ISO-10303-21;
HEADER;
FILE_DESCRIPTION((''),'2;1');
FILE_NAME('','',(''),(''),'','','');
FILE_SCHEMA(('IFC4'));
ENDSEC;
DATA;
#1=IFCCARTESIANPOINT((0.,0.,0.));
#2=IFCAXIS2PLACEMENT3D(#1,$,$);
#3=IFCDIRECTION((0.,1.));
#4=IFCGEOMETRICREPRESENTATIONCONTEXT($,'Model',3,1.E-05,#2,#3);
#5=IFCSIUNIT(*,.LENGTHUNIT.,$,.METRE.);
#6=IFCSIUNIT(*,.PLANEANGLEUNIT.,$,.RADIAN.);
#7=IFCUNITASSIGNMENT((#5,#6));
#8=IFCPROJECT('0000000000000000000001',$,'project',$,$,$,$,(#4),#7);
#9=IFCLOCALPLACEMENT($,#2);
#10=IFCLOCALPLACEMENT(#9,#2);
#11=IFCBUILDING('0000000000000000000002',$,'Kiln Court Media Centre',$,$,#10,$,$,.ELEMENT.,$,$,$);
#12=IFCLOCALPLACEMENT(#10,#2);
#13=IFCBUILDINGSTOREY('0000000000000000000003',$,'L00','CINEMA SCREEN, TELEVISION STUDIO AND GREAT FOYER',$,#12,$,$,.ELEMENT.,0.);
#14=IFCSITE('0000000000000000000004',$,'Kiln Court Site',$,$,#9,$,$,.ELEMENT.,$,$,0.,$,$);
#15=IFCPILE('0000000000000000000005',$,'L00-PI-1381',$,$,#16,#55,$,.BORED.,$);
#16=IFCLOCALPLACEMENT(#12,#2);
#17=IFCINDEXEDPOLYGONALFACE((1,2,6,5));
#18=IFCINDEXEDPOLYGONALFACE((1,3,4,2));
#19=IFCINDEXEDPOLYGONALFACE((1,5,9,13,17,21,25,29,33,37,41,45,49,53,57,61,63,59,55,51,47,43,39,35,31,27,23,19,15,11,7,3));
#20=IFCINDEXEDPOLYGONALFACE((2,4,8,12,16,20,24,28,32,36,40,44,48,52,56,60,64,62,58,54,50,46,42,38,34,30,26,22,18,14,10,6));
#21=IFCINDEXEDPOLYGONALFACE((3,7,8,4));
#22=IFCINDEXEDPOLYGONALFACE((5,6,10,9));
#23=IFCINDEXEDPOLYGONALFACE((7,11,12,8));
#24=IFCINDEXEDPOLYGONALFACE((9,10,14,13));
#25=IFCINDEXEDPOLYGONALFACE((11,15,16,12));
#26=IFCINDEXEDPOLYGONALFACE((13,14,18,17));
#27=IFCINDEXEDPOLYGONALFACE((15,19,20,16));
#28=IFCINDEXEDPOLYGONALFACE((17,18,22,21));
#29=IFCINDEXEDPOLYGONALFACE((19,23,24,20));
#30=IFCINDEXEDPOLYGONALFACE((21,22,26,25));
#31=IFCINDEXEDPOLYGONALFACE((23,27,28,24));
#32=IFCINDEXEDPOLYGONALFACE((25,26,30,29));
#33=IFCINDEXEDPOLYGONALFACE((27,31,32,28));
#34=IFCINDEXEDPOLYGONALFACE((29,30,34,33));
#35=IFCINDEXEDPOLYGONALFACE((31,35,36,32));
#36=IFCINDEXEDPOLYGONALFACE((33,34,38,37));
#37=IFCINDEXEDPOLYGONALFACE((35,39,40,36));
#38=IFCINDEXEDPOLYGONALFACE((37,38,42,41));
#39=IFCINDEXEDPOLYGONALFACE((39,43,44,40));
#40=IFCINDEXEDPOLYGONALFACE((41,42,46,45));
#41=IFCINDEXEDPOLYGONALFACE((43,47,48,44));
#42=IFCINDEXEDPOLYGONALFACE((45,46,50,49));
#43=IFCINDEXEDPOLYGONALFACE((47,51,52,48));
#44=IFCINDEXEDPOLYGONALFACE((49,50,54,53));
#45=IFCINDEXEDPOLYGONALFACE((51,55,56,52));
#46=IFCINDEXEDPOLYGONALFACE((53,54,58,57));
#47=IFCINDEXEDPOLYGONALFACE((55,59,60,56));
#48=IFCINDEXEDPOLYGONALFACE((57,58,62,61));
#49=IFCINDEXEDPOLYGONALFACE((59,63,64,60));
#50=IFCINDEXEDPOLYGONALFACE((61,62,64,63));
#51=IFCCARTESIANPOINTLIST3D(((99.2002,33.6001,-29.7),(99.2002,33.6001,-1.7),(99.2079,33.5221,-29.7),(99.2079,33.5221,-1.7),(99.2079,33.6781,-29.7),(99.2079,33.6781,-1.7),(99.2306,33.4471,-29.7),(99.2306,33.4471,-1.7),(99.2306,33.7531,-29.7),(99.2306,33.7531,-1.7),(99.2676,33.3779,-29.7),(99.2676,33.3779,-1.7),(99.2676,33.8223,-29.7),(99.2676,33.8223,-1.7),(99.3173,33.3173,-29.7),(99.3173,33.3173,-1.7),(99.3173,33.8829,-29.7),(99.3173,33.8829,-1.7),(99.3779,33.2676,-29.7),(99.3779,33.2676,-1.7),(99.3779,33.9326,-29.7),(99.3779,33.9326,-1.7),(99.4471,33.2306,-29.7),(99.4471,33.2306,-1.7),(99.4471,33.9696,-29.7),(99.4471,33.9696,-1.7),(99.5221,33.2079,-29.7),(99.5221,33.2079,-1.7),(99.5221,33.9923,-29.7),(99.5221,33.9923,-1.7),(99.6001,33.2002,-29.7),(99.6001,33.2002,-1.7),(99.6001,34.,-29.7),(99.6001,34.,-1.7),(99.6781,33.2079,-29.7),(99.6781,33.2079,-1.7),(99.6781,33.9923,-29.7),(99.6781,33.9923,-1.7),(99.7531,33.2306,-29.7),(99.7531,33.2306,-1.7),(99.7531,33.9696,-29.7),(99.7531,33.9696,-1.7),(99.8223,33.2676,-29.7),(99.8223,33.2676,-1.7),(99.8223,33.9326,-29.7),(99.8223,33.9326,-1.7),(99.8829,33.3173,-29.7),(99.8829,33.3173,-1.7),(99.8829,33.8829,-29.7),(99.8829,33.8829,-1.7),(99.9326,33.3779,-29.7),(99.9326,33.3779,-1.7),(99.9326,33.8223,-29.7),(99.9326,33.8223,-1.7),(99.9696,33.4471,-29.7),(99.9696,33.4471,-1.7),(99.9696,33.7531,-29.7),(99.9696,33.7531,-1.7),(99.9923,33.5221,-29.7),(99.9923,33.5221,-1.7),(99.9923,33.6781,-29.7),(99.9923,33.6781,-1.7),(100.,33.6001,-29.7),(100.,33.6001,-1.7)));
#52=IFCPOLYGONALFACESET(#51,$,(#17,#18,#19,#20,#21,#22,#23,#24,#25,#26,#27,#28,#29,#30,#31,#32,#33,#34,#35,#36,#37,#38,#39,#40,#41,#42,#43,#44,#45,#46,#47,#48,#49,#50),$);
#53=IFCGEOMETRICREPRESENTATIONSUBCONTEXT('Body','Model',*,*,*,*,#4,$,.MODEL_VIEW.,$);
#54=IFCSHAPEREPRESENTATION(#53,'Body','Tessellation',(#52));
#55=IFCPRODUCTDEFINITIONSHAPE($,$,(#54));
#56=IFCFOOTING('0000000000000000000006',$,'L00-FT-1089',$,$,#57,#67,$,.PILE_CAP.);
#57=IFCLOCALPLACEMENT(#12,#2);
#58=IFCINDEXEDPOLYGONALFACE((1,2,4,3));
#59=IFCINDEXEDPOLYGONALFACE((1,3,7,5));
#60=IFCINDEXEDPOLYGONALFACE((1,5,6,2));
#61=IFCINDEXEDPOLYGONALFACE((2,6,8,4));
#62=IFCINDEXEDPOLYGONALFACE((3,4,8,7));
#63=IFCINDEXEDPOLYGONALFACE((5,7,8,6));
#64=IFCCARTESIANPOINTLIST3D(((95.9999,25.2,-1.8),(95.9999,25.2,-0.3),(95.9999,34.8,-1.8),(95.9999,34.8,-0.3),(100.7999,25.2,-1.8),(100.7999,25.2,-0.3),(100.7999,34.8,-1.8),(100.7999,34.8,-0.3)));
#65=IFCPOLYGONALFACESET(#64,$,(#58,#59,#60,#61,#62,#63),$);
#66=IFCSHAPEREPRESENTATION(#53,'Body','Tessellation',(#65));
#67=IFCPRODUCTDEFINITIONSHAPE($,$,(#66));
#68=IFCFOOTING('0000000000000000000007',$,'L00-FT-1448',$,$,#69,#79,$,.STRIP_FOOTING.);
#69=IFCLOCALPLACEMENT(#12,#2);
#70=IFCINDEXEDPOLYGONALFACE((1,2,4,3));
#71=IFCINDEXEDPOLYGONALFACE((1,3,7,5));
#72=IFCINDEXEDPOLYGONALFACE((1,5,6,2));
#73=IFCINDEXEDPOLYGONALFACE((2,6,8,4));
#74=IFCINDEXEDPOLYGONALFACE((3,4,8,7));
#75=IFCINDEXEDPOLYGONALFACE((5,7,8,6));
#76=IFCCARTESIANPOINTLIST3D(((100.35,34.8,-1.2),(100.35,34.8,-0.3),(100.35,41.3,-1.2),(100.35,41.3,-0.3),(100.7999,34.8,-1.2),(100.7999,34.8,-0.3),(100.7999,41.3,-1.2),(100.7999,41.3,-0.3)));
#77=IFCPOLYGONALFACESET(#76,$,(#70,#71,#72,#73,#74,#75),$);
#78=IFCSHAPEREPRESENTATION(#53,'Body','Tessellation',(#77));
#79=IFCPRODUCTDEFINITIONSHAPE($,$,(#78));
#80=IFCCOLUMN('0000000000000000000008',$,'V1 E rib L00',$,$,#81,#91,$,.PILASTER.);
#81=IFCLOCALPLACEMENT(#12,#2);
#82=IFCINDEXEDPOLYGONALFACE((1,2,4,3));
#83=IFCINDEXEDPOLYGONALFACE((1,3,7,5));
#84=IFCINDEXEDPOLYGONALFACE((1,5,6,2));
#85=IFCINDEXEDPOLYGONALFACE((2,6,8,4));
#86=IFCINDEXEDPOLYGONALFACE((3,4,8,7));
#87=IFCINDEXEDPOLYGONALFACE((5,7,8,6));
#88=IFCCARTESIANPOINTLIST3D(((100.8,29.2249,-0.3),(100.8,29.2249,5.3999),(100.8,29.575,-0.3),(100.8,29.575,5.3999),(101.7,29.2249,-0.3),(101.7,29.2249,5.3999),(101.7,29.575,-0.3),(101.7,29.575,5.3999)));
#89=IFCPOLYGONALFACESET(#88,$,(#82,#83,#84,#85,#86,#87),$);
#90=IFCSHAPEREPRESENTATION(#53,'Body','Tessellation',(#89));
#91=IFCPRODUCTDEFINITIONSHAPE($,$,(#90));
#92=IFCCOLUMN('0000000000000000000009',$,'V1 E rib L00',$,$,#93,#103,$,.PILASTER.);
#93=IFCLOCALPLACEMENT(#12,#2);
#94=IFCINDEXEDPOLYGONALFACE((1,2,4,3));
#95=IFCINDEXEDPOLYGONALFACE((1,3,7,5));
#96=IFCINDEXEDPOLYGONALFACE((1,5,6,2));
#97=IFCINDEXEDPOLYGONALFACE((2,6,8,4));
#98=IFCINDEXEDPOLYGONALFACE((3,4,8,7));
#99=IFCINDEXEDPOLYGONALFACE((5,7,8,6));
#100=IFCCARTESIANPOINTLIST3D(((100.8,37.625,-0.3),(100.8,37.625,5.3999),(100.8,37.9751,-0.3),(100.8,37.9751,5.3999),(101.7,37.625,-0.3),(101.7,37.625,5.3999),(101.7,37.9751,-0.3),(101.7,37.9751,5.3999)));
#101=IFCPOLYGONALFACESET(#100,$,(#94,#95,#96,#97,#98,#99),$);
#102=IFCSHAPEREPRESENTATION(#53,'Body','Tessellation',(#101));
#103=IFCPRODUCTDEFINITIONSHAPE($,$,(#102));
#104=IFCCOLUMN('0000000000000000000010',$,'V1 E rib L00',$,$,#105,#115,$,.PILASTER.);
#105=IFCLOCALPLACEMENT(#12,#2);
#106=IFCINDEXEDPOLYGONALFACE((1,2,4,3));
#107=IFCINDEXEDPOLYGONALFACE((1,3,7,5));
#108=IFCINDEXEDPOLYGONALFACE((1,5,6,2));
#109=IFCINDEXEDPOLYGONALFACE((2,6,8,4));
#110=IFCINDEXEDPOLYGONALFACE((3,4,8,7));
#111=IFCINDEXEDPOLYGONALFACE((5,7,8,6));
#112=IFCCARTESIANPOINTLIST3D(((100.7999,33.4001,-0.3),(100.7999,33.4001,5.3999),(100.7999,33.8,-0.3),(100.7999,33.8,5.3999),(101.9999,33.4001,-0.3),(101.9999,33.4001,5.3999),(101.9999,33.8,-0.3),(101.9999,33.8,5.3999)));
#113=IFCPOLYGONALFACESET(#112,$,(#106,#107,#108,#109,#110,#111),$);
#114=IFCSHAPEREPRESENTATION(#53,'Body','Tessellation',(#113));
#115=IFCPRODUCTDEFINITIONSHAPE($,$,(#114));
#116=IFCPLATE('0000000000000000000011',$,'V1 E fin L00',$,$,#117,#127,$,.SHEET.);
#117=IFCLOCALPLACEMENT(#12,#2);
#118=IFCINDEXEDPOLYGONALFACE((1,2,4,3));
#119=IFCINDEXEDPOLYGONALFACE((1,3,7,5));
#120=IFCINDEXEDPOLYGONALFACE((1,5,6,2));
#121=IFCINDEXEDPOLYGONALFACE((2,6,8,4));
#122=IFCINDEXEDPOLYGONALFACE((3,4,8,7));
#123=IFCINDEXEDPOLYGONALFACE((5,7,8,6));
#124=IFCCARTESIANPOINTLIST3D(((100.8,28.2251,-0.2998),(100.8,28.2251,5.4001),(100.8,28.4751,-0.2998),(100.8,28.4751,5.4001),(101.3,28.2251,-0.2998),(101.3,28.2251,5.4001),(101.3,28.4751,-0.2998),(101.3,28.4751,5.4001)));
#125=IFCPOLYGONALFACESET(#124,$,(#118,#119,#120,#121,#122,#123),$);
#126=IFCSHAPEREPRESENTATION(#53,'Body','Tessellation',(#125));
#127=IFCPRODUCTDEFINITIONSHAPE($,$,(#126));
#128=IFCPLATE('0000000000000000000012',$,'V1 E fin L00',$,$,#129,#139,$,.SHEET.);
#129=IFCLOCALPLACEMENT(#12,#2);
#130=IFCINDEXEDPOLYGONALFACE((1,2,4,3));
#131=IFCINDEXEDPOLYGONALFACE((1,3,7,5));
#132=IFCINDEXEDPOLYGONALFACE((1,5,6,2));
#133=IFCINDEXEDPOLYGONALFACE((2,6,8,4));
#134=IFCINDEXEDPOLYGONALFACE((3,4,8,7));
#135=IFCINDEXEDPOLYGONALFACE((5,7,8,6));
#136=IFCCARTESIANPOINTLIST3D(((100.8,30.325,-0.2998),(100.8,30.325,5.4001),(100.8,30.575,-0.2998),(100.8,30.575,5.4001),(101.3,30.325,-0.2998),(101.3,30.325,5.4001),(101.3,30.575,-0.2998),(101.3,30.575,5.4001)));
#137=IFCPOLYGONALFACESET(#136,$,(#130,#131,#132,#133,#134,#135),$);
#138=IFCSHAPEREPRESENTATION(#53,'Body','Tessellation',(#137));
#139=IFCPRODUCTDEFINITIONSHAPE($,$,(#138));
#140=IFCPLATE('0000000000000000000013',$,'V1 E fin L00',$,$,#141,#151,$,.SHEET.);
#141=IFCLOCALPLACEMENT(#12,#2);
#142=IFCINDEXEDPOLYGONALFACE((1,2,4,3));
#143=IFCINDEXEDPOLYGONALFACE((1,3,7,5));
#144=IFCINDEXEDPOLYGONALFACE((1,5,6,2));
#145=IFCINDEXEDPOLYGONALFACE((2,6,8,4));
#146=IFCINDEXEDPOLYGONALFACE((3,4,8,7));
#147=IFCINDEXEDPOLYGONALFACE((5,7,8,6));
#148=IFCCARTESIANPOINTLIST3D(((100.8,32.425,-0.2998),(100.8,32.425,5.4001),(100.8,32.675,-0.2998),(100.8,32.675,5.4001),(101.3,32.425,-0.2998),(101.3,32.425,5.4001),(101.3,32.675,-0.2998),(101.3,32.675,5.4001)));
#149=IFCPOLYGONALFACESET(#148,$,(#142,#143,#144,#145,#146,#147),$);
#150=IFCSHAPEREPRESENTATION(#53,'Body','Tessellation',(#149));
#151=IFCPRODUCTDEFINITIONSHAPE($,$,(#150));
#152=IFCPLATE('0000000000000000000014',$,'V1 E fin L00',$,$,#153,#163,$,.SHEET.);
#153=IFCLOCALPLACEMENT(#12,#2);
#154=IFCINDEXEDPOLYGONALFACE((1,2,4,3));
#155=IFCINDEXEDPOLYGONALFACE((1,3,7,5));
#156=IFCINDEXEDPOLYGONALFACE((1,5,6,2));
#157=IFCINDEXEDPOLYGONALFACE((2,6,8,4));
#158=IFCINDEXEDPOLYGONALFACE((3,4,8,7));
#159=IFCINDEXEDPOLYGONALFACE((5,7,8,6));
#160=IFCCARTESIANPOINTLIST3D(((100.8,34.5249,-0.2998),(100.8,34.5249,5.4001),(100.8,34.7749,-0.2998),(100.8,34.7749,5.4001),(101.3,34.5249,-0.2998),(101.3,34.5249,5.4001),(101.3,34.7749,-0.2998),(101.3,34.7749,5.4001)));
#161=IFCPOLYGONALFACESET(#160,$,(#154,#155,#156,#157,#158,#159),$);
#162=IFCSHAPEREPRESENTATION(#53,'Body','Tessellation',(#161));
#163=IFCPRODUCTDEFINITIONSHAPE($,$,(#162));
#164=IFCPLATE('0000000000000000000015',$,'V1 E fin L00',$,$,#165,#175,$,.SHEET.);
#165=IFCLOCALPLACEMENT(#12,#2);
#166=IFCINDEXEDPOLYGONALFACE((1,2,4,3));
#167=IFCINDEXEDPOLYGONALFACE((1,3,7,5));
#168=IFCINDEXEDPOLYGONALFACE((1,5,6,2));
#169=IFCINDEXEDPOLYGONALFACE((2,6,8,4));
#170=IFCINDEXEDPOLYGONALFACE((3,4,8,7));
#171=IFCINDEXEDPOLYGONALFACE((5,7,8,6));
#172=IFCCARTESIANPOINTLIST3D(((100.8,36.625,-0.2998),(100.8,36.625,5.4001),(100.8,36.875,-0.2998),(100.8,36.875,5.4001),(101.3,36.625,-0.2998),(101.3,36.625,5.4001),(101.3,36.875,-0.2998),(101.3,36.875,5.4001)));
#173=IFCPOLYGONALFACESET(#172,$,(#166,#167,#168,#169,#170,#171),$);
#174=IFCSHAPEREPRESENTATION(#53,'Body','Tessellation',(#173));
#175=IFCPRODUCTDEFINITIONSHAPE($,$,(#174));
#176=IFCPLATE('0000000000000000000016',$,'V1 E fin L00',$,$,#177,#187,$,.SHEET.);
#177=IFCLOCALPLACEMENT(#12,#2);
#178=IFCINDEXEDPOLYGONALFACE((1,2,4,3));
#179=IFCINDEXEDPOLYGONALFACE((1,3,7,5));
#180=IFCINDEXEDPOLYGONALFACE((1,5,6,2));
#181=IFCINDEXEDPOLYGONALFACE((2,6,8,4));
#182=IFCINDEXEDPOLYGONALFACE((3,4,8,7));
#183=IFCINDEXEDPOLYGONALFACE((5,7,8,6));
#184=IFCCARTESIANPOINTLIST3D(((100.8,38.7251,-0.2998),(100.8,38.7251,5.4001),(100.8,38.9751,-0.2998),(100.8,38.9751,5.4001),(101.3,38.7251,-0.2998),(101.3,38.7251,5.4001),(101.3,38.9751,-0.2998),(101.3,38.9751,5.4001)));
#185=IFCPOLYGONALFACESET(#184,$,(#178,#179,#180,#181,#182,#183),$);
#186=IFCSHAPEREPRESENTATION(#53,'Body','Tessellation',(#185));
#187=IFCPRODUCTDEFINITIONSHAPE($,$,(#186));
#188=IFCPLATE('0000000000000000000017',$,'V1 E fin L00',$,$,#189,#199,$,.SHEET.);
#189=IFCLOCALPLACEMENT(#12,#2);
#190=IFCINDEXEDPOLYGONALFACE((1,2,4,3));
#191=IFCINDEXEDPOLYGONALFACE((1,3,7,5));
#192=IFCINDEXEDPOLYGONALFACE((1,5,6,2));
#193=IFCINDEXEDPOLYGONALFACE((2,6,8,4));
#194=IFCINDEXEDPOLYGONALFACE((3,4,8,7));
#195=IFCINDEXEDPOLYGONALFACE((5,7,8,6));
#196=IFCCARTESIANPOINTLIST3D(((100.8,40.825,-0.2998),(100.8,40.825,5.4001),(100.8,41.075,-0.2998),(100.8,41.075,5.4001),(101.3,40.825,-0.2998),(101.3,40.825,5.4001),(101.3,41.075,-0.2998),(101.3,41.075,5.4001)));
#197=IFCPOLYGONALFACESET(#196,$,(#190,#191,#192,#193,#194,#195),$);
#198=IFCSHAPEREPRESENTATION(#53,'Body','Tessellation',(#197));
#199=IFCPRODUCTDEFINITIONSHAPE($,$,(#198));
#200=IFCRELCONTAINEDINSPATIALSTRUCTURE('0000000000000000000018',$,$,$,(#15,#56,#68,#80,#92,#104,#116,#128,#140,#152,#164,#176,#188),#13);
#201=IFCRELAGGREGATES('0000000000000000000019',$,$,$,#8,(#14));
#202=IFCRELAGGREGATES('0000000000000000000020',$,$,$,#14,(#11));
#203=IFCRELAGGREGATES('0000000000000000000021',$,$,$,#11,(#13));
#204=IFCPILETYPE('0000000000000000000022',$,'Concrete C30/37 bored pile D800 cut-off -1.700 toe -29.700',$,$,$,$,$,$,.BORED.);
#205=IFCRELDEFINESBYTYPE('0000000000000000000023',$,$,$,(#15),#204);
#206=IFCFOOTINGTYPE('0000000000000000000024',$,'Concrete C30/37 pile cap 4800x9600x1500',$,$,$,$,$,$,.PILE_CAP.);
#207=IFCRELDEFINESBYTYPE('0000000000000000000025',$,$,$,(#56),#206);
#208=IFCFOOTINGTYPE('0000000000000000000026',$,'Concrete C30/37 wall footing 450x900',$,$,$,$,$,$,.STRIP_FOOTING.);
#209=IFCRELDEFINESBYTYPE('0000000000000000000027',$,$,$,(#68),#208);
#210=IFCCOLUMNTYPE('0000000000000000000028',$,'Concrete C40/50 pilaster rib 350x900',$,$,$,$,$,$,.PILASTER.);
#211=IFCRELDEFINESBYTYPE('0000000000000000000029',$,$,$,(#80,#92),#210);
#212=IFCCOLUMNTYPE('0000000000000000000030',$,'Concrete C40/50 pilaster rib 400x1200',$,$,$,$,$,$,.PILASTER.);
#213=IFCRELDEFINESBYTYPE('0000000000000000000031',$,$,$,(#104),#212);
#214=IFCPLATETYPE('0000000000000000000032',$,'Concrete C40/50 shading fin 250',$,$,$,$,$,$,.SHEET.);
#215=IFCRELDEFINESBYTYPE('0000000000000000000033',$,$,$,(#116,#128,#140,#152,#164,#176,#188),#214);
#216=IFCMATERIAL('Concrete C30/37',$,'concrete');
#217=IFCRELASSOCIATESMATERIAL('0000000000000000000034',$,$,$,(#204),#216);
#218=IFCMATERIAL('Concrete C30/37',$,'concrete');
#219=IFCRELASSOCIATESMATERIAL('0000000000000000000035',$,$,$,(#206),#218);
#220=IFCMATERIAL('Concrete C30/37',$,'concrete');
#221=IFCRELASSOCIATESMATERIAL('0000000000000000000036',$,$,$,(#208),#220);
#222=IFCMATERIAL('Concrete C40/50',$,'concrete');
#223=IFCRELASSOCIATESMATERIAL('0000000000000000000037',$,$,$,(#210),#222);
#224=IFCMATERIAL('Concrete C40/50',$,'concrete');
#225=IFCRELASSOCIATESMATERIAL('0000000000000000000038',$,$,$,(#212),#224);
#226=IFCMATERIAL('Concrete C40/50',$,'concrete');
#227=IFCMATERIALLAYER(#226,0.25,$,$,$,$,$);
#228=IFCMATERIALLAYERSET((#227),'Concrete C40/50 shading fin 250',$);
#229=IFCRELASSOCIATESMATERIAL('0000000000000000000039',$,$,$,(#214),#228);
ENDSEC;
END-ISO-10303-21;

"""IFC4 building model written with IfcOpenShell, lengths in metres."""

from ifc_helpers import new_model, si_unit, direction, frame, origin, origin_2d, place, context, subcontext, project, spatial, rectangle, circle, extrude, material, layer, layer_set, material_profile, profile_set, type_object, element, save


model = new_model("IFC4")

# Units and contexts
model_context = context("Model", 3, precision=1e-05, world=origin(), true_north=direction((0.0, 1.0)))
body_context = subcontext(model_context, "Body", "Model", "MODEL_VIEW")
ifc_project = project(units=[si_unit("LENGTHUNIT", "METRE"), si_unit("PLANEANGLEUNIT", "RADIAN")], contexts=[model_context])

# Site, building, storey
site_placement = place(None, origin())
site = spatial("IfcSite", under=ifc_project, at=site_placement, Name="Kiln Court Site", CompositionType="ELEMENT", RefElevation=0.0)
building_placement = place(site_placement, origin())
building = spatial("IfcBuilding", under=site, at=building_placement, Name="Kiln Court Media Centre", CompositionType="ELEMENT")
storey_placement = place(building_placement, origin())
storey = spatial("IfcBuildingStorey", under=building, at=storey_placement, Name="L00", Description="CINEMA SCREEN, TELEVISION STUDIO AND GREAT FOYER", CompositionType="ELEMENT", Elevation=0.0)

# Pile
ifc_material_1 = material(Name="Concrete C30/37", Category="concrete")
ifc_material_profile_1 = material_profile(ifc_material_1, circle(Radius=0.3999, at=origin_2d()), Name="PILE D800")
ifc_profile_set_1 = profile_set([ifc_material_profile_1], Name="Concrete C30/37")
pile_type = type_object("IfcPileType", Name="Concrete C30/37 bored pile D800 cut-off -1.700 toe -29.700", PredefinedType="BORED", material=ifc_profile_set_1)
for number, where, z_axis, x_axis, name in (
    (1, (99.6001, 33.6001, -1.7), (0.0, 0.0, -1.0), (1.0, 0.0, 0.0), "L00-PI-1381"),
):
    element("IfcPile", number, at=place(storey_placement, frame(where, z_axis=z_axis, x_axis=x_axis)), inside=storey, type_object=pile_type, Name=name, PredefinedType="BORED", context=body_context, shape_type="SweptSolid", body=[
        extrude(circle(Radius=0.3999, at=origin_2d()), origin(), (0.0, 0.0, 1.0), 28.0),
    ])

# Footings
ifc_material_2 = material(Name="Concrete C30/37", Category="concrete")
footing_type_1 = type_object("IfcFootingType", Name="Concrete C30/37 pile cap 4800x9600x1500", PredefinedType="PILE_CAP", material=ifc_material_2)
footing_1_placement = place(storey_placement, frame((98.3999, 30.0, -1.8), z_axis=(0.0, 0.0, 1.0), x_axis=(1.0, 0.0, 0.0)))
element("IfcFooting", 2, at=footing_1_placement, inside=storey, type_object=footing_type_1, Name="L00-FT-1089", PredefinedType="PILE_CAP", context=body_context, shape_type="SweptSolid", body=[
    extrude(rectangle(XDim=4.8, YDim=9.6001, at=origin_2d()), origin(), (0.0, 0.0, 1.0), 1.5),
])
ifc_material_3 = material(Name="Concrete C30/37", Category="concrete")
footing_type_2 = type_object("IfcFootingType", Name="Concrete C30/37 wall footing 450x900", PredefinedType="STRIP_FOOTING", material=ifc_material_3)
footing_2_placement = place(storey_placement, frame((100.575, 38.05, -1.2), z_axis=(0.0, 0.0, 1.0), x_axis=(1.0, 0.0, 0.0)))
element("IfcFooting", 3, at=footing_2_placement, inside=storey, type_object=footing_type_2, Name="L00-FT-1448", PredefinedType="STRIP_FOOTING", context=body_context, shape_type="SweptSolid", body=[
    extrude(rectangle(XDim=0.45, YDim=6.5, at=origin_2d()), origin(), (0.0, 0.0, 1.0), 0.8999),
])

# Columns
ifc_material_4 = material(Name="Concrete C40/50", Category="concrete")
ifc_material_profile_2 = material_profile(ifc_material_4, rectangle(XDim=0.3501, YDim=0.8999, at=origin_2d()), Name="RC 350x900")
ifc_profile_set_2 = profile_set([ifc_material_profile_2], Name="Concrete C40/50")
column_type_1 = type_object("IfcColumnType", Name="Concrete C40/50 pilaster rib 350x900", PredefinedType="PILASTER", material=ifc_profile_set_2)
for number, where, z_axis, x_axis, name in (
    (4, (101.25, 29.3999, -0.3), (0.0, 0.0, 1.0), (0.0, 1.0, 0.0), "V1 E rib L00"),
    (5, (101.25, 37.8, -0.3), (0.0, 0.0, 1.0), (0.0, 1.0, 0.0), "V1 E rib L00"),
):
    element("IfcColumn", number, at=place(storey_placement, frame(where, z_axis=z_axis, x_axis=x_axis)), inside=storey, type_object=column_type_1, Name=name, PredefinedType="PILASTER", context=body_context, shape_type="SweptSolid", body=[
        extrude(rectangle(XDim=0.3501, YDim=0.8999, at=origin_2d()), origin(), (0.0, 0.0, 1.0), 5.7),
    ])
ifc_material_5 = material(Name="Concrete C40/50", Category="concrete")
ifc_material_profile_3 = material_profile(ifc_material_5, rectangle(XDim=0.3999, YDim=1.2, at=origin_2d()), Name="RC 400x1200")
ifc_profile_set_3 = profile_set([ifc_material_profile_3], Name="Concrete C40/50")
column_type_2 = type_object("IfcColumnType", Name="Concrete C40/50 pilaster rib 400x1200", PredefinedType="PILASTER", material=ifc_profile_set_3)
column_placement = place(storey_placement, frame((101.3999, 33.6001, -0.3), z_axis=(0.0, 0.0, 1.0), x_axis=(0.0, 1.0, 0.0)))
element("IfcColumn", 6, at=column_placement, inside=storey, type_object=column_type_2, Name="V1 E rib L00", PredefinedType="PILASTER", context=body_context, shape_type="SweptSolid", body=[
    extrude(rectangle(XDim=0.3999, YDim=1.2, at=origin_2d()), origin(), (0.0, 0.0, 1.0), 5.7),
])

# Plates
ifc_material_6 = material(Name="Concrete C40/50", Category="concrete")
ifc_layer_1 = layer(ifc_material_6, 0.25)
ifc_layer_set_1 = layer_set([ifc_layer_1], Name="Concrete C40/50 shading fin 250")
plate_type = type_object("IfcPlateType", Name="Concrete C40/50 shading fin 250", PredefinedType="SHEET", material=ifc_layer_set_1)
for number, where, z_axis, x_axis, name in (
    (7, (101.05, 28.3501, -0.2998), (0.0, 0.0, 1.0), (1.0, 0.0, 0.0), "V1 E fin L00"),
    (8, (101.05, 30.45, -0.2998), (0.0, 0.0, 1.0), (1.0, 0.0, 0.0), "V1 E fin L00"),
    (9, (101.05, 32.55, -0.2998), (0.0, 0.0, 1.0), (1.0, 0.0, 0.0), "V1 E fin L00"),
    (10, (101.05, 34.6499, -0.2998), (0.0, 0.0, 1.0), (1.0, 0.0, 0.0), "V1 E fin L00"),
    (11, (101.05, 36.75, -0.2998), (0.0, 0.0, 1.0), (1.0, 0.0, 0.0), "V1 E fin L00"),
    (12, (101.05, 38.8501, -0.2998), (0.0, 0.0, 1.0), (1.0, 0.0, 0.0), "V1 E fin L00"),
    (13, (101.05, 40.95, -0.2998), (0.0, 0.0, 1.0), (1.0, 0.0, 0.0), "V1 E fin L00"),
):
    element("IfcPlate", number, at=place(storey_placement, frame(where, z_axis=z_axis, x_axis=x_axis)), inside=storey, type_object=plate_type, Name=name, PredefinedType="SHEET", context=body_context, shape_type="SweptSolid", body=[
        extrude(rectangle(XDim=0.5, YDim=0.25, at=origin_2d()), origin(), (0.0, 0.0, 1.0), 5.7),
    ])

save(model, "model.ifc")
